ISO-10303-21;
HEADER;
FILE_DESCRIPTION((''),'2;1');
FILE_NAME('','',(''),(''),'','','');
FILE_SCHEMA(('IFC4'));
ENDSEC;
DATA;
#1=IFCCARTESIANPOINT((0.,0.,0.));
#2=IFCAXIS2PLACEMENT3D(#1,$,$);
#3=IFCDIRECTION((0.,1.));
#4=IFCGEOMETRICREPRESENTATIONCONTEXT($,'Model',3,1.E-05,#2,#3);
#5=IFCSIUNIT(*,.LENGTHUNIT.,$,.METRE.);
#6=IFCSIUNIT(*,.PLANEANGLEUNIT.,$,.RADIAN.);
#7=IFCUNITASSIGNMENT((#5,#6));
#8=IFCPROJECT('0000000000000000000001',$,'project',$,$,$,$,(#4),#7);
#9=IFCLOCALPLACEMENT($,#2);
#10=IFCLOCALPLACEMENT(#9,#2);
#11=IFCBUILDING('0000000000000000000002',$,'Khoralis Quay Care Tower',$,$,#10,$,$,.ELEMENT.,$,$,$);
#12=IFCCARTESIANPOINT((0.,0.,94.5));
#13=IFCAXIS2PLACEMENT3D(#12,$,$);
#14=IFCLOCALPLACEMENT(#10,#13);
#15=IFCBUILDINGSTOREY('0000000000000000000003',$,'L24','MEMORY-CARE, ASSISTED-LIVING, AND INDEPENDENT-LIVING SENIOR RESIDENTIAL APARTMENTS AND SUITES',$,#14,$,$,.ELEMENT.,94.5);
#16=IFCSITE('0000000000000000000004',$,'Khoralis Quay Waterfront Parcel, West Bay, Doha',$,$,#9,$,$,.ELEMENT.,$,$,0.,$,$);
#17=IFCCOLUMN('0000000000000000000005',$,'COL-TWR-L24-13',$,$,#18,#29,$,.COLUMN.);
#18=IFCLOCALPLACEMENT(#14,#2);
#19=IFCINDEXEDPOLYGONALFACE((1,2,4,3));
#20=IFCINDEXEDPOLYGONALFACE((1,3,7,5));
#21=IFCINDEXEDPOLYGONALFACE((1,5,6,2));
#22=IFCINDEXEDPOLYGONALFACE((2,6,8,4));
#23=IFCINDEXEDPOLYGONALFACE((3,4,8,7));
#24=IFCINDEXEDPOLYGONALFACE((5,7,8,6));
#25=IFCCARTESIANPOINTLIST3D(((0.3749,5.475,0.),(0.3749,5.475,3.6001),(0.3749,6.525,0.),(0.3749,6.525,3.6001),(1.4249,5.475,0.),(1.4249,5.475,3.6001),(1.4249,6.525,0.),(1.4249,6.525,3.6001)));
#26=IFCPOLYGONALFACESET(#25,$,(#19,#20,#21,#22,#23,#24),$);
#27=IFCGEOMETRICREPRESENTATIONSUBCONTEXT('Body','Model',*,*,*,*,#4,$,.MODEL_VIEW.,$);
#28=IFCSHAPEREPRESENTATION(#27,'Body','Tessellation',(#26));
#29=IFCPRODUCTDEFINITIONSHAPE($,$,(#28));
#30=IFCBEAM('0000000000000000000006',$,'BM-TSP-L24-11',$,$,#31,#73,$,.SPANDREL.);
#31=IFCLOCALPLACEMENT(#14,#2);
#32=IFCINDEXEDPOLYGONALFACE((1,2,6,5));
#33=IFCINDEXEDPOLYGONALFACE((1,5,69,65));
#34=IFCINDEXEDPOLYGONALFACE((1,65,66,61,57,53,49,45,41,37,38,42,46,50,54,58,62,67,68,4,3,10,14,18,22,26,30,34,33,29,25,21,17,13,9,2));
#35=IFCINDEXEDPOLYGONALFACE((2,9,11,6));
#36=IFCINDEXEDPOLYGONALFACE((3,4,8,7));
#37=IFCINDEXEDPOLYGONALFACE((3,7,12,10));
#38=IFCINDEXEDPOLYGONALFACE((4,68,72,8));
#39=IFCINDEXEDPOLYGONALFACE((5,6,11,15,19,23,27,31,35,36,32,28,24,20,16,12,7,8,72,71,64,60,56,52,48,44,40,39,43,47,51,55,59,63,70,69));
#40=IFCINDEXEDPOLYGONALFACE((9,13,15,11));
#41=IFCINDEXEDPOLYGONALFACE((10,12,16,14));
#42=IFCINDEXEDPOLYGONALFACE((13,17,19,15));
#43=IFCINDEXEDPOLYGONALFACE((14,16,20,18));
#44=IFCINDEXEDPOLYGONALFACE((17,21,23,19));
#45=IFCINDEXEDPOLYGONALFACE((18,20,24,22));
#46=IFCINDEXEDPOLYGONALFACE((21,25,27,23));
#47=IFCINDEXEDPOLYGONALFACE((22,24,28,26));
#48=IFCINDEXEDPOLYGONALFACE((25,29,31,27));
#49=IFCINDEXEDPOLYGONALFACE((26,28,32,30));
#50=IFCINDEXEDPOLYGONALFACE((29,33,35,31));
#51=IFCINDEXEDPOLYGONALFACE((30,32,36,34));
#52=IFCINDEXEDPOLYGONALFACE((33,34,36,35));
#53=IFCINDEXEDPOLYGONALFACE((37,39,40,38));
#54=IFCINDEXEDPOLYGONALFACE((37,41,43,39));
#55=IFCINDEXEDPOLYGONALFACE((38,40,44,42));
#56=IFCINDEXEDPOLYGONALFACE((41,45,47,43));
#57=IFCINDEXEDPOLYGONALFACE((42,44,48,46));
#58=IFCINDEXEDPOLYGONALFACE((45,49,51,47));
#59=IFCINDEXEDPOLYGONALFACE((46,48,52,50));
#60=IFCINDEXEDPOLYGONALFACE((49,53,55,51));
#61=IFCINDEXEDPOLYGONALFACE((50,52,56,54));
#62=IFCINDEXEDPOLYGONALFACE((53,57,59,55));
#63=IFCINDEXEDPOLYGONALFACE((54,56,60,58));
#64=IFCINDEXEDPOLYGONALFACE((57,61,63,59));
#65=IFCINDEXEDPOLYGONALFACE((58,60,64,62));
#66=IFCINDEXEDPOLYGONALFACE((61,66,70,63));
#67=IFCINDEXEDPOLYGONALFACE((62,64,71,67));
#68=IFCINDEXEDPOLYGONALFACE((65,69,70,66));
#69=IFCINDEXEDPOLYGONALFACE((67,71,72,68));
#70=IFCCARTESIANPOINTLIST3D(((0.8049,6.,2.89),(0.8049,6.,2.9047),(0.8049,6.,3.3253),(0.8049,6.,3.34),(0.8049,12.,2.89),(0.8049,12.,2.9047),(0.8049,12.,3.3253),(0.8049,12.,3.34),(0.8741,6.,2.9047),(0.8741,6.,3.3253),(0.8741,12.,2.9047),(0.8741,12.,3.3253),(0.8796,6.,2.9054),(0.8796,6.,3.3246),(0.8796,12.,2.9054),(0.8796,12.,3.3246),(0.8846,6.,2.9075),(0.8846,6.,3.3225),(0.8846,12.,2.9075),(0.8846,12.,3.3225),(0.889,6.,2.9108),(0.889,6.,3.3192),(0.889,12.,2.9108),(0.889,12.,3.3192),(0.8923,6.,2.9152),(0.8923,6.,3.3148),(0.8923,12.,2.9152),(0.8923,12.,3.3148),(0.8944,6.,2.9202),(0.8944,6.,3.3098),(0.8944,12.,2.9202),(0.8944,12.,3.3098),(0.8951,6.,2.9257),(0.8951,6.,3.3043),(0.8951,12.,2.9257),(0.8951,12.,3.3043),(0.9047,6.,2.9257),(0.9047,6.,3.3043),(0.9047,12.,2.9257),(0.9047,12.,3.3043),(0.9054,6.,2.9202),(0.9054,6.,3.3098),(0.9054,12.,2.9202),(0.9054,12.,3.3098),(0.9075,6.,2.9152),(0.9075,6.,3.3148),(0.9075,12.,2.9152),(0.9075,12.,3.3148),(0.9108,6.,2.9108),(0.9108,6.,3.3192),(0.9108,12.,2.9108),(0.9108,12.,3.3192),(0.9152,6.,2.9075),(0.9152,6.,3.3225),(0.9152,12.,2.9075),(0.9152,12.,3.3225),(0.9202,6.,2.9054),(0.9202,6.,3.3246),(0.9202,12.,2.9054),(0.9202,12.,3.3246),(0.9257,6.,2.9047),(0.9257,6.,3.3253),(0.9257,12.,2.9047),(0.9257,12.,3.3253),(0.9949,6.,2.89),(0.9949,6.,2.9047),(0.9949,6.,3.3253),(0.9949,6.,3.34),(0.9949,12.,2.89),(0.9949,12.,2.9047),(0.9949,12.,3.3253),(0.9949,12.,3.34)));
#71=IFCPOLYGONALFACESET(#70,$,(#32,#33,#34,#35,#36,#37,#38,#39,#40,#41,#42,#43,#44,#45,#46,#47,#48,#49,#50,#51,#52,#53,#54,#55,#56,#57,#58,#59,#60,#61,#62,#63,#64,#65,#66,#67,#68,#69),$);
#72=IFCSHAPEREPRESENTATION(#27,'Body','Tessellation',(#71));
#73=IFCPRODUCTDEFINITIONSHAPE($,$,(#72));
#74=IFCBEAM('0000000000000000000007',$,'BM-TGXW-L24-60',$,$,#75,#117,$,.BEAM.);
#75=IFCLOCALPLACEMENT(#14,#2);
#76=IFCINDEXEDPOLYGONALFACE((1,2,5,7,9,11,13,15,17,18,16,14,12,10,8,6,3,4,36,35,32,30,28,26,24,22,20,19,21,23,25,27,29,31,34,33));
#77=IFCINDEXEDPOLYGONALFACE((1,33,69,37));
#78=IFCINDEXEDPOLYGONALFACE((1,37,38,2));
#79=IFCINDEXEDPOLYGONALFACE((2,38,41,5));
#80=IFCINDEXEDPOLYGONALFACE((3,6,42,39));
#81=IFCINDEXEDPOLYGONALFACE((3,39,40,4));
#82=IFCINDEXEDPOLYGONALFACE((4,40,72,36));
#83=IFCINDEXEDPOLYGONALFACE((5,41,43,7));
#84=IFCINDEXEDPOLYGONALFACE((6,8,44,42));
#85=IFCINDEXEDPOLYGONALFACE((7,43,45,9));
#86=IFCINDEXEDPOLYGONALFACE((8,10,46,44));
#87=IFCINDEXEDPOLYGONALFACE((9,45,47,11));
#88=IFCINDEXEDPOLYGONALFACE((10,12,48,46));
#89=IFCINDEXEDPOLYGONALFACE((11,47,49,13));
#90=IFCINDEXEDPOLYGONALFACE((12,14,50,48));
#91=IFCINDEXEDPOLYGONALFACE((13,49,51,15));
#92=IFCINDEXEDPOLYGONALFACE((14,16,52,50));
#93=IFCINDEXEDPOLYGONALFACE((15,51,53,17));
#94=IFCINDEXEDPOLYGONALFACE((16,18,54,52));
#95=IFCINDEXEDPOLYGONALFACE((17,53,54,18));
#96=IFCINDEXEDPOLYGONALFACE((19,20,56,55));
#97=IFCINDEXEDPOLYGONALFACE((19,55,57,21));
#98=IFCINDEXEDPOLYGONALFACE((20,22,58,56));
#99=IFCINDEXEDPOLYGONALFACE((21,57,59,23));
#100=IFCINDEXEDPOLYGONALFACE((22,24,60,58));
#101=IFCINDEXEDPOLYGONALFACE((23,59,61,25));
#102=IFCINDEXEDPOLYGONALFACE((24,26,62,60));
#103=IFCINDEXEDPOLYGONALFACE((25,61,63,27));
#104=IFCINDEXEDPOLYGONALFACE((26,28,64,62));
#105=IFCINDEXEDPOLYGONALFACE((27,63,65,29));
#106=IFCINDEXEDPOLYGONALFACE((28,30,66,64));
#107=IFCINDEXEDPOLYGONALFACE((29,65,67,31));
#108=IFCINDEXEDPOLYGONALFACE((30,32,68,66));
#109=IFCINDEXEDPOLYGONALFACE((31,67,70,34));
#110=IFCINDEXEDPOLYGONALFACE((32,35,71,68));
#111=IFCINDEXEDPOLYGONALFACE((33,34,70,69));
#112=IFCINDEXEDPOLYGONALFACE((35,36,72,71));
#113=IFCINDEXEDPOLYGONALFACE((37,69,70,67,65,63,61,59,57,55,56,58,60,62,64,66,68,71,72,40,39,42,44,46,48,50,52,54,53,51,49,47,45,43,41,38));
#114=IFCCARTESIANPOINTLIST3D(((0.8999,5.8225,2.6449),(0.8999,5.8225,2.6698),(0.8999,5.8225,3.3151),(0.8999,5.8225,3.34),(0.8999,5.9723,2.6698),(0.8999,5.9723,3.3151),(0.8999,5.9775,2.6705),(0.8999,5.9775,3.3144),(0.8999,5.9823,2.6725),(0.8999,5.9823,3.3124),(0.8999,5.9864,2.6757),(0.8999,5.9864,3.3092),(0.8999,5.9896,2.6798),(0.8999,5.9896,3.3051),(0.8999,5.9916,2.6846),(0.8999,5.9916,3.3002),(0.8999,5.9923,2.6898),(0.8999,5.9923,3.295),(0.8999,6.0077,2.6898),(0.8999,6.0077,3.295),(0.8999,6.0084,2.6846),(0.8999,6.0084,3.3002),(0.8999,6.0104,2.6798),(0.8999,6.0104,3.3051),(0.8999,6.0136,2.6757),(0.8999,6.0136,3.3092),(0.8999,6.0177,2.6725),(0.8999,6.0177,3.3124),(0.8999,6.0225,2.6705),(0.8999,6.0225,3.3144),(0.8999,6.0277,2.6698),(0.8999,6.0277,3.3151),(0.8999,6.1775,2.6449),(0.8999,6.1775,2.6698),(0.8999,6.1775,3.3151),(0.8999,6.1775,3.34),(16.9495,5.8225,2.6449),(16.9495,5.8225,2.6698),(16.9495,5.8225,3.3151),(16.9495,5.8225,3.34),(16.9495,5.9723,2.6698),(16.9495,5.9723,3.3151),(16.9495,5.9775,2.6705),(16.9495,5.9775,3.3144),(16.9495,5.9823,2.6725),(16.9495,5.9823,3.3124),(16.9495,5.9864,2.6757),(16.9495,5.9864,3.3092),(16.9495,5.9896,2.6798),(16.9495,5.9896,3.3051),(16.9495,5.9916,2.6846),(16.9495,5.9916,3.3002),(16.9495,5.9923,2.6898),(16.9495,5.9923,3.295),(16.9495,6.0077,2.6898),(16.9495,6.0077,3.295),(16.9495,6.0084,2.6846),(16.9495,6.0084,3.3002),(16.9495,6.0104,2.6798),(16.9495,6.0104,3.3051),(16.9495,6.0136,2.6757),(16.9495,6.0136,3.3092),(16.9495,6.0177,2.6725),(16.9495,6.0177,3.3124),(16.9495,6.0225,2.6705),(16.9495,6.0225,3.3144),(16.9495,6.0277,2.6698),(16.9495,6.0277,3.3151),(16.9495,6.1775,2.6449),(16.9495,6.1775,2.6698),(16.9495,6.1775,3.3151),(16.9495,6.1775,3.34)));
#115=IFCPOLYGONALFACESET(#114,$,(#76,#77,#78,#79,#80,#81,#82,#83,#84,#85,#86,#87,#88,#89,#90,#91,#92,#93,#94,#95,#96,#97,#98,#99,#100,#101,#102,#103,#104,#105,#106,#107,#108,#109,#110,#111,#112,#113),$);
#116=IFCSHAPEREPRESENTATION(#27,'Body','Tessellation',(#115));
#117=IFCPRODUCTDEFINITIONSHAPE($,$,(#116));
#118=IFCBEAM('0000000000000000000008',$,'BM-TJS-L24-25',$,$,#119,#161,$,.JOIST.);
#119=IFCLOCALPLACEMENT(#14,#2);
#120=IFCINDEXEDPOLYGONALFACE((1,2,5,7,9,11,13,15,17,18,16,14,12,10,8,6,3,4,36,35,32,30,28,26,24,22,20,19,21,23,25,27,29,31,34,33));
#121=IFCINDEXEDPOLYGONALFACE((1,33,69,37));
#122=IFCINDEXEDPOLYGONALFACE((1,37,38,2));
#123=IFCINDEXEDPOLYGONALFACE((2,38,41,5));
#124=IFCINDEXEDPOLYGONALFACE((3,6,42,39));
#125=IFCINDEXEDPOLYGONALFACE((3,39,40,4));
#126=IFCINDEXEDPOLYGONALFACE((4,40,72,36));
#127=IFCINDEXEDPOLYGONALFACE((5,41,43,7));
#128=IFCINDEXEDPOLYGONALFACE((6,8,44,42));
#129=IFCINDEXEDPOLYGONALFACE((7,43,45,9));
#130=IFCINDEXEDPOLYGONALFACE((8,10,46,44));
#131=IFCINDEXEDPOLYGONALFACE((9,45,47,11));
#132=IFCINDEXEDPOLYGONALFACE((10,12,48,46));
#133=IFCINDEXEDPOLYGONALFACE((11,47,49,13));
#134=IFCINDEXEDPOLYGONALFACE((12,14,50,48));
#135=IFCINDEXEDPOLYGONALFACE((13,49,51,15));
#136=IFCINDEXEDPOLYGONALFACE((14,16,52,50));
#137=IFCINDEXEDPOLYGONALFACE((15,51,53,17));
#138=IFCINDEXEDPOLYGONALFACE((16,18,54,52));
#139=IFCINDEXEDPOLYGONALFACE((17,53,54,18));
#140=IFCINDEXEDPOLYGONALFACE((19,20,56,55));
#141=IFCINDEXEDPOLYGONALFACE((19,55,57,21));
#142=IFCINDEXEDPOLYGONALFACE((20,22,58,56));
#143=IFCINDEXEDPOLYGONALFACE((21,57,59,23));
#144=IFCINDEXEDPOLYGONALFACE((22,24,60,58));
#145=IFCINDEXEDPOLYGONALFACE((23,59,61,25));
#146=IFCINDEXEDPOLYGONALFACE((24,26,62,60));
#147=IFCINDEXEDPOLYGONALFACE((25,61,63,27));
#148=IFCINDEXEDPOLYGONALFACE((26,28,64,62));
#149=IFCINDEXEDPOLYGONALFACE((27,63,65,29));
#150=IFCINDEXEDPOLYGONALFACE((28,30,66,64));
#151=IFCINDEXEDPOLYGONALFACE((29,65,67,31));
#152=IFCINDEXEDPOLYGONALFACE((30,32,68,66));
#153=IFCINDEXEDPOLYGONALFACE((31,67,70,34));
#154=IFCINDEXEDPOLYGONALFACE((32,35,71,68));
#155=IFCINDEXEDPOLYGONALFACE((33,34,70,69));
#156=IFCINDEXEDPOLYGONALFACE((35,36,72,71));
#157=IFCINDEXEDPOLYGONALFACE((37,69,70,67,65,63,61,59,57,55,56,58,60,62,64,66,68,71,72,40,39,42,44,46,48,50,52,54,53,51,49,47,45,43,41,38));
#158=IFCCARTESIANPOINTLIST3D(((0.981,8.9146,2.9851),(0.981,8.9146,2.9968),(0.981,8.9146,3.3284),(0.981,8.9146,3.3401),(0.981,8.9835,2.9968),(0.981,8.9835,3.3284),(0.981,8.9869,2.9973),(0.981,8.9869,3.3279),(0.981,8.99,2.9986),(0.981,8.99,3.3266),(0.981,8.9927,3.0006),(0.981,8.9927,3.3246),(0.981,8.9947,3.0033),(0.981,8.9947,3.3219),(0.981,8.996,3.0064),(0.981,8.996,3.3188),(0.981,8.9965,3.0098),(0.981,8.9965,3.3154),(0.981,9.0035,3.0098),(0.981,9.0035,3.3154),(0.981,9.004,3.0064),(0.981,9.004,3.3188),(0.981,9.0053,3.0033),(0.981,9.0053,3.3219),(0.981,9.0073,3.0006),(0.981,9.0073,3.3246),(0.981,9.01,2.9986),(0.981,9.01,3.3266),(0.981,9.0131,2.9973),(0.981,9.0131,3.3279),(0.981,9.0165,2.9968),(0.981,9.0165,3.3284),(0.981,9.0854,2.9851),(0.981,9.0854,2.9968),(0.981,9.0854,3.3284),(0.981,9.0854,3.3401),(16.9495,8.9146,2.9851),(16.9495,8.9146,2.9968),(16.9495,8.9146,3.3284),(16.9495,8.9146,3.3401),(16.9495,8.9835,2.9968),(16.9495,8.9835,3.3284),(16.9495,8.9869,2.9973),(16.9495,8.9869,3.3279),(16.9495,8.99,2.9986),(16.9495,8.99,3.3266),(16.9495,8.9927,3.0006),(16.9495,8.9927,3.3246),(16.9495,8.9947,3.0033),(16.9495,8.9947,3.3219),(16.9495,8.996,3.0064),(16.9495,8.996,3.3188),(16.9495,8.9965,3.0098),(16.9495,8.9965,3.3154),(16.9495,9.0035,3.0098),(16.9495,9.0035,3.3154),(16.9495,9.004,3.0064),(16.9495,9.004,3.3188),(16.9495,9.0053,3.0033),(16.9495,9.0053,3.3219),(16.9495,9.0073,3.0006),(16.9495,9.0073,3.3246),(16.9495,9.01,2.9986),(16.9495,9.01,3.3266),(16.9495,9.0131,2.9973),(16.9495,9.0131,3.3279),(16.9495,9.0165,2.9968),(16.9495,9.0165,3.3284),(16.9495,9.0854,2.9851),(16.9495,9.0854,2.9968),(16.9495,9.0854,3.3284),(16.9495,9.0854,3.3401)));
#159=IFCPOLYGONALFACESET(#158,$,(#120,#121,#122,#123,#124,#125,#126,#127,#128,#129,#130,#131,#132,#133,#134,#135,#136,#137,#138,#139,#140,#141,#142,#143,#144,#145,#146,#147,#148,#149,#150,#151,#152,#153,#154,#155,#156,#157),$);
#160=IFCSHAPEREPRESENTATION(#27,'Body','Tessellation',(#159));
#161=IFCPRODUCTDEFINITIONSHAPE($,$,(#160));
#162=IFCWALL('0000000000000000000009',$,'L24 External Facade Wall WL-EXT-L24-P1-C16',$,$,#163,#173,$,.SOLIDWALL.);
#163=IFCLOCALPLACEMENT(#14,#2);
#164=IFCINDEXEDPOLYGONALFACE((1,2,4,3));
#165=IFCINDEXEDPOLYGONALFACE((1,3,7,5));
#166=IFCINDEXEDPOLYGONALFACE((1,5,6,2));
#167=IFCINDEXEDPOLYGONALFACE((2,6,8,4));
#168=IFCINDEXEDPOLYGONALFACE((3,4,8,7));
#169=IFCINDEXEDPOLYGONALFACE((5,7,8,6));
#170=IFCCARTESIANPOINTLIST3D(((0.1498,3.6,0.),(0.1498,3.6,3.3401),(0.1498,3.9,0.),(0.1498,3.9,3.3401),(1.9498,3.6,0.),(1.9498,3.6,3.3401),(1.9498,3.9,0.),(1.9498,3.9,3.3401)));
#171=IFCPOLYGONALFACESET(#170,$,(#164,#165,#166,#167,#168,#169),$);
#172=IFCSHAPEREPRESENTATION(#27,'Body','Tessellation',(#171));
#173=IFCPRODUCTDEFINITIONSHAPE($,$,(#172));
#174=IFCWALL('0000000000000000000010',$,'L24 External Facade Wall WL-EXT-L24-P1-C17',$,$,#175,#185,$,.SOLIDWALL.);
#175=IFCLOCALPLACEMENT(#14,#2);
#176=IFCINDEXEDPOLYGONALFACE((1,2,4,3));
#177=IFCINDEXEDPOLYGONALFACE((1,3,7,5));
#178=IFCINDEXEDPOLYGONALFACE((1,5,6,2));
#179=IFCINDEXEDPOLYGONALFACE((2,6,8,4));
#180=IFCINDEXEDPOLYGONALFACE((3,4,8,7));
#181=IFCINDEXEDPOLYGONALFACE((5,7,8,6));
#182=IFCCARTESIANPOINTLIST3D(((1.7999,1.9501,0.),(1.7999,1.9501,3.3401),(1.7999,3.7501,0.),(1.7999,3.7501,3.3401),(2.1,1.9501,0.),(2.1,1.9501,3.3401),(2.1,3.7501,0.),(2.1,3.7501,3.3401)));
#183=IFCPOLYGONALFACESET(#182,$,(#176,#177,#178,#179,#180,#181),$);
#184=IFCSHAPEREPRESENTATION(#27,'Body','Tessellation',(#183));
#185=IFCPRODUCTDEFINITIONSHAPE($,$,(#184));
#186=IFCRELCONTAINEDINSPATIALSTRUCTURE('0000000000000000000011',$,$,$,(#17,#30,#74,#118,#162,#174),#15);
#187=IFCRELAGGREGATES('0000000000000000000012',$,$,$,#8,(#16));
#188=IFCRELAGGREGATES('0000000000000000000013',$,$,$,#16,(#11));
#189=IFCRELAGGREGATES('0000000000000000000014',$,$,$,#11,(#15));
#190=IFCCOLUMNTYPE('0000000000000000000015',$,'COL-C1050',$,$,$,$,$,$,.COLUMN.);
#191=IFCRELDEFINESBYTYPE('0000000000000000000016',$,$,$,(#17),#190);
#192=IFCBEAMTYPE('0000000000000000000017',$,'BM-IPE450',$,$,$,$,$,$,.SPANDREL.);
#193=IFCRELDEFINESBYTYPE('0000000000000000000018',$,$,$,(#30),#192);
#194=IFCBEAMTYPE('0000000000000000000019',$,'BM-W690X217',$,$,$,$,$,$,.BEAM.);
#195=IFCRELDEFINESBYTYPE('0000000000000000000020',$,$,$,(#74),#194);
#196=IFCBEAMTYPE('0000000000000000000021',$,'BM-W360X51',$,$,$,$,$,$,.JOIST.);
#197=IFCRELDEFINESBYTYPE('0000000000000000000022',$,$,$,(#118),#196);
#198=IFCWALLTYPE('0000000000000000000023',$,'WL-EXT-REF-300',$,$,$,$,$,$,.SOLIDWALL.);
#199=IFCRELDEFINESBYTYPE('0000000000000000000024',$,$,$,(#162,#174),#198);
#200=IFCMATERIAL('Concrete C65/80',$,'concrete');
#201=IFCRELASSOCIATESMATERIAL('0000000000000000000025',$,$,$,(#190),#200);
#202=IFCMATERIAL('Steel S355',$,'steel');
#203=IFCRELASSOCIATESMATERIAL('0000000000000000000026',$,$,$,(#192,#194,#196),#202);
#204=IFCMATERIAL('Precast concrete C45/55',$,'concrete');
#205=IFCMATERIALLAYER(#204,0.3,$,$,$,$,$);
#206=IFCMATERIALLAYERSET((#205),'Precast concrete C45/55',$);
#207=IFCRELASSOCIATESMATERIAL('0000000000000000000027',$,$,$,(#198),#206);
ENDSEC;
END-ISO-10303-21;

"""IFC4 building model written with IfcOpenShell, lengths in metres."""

from ifc_helpers import new_model, si_unit, direction, frame, frame_2d, origin, origin_2d, place, context, subcontext, project, spatial, rectangle, i_section, extrude, source, transform, mapped, material, layer, layer_set, material_profile, profile_set, type_object, element, save


model = new_model("IFC4")

# Units and contexts
model_context = context("Model", 3, precision=1e-05, world=origin(), true_north=direction((0.0, 1.0)))
body_context = subcontext(model_context, "Body", "Model", "MODEL_VIEW")
ifc_project = project(units=[si_unit("LENGTHUNIT", "METRE"), si_unit("PLANEANGLEUNIT", "RADIAN")], contexts=[model_context])

# Site, building, storey
site_placement = place(None, origin())
site = spatial("IfcSite", under=ifc_project, at=site_placement, Name="Khoralis Quay Waterfront Parcel, West Bay, Doha", CompositionType="ELEMENT", RefElevation=0.0)
building_placement = place(site_placement, origin())
building = spatial("IfcBuilding", under=site, at=building_placement, Name="Khoralis Quay Care Tower", CompositionType="ELEMENT")
storey_placement = place(building_placement, frame((0.0, 0.0, 94.5)))
storey = spatial("IfcBuildingStorey", under=building, at=storey_placement, Name="L24", Description="MEMORY-CARE, ASSISTED-LIVING, AND INDEPENDENT-LIVING SENIOR RESIDENTIAL APARTMENTS AND SUITES", CompositionType="ELEMENT", Elevation=94.5)

# Column
ifc_material_1 = material(Name="Concrete C65/80", Category="concrete")
ifc_material_profile_1 = material_profile(ifc_material_1, rectangle(XDim=1.05, YDim=1.05, at=origin_2d()), Name="Concrete C65/80")
ifc_profile_set_1 = profile_set([ifc_material_profile_1], Name="Concrete C65/80")
column_type = type_object("IfcColumnType", Name="COL-C1050", PredefinedType="COLUMN", material=ifc_profile_set_1)
shared_shape_1 = source(origin(), body_context, "Body", "SweptSolid", [
    extrude(rectangle(XDim=1.05, YDim=1.05, at=origin_2d()), origin(), (0.0, 0.0, 1.0), 3.6001),
])
column_placement = place(storey_placement, frame((0.8999, 6.0, 0.0), z_axis=(0.0, 0.0, 1.0), x_axis=(1.0, 0.0, 0.0)))
element("IfcColumn", 1, at=column_placement, inside=storey, type_object=column_type, Name="COL-TWR-L24-13", PredefinedType="COLUMN", context=body_context, shape_type="MappedRepresentation", body=[
    mapped(shared_shape_1, transform((0.0, 0.0, 0.0), scale=1.0)),
])

# Beams
ifc_material_2 = material(Name="Steel S355", Category="steel")
ifc_material_profile_2 = material_profile(ifc_material_2, i_section(OverallWidth=0.1899, OverallDepth=0.45, WebThickness=0.0095, FlangeThickness=0.0146, FilletRadius=0.021, at=origin_2d()), Name="Steel S355")
ifc_profile_set_2 = profile_set([ifc_material_profile_2], Name="Steel S355")
beam_type_1 = type_object("IfcBeamType", Name="BM-IPE450", PredefinedType="SPANDREL", material=ifc_profile_set_2)
shared_shape_2 = source(origin(), body_context, "Body", "SweptSolid", [
    extrude(i_section(OverallWidth=0.1899, OverallDepth=0.45, WebThickness=0.0095, FlangeThickness=0.0146, FilletRadius=0.021, at=origin_2d()), origin(), (0.0, 0.0, 1.0), 6.0),
])
beam_1_placement = place(storey_placement, frame((0.8999, 6.0, 3.115), z_axis=(0.0, 1.0, 0.0), x_axis=(-1.0, 0.0, 0.0)))
element("IfcBeam", 2, at=beam_1_placement, inside=storey, type_object=beam_type_1, Name="BM-TSP-L24-11", PredefinedType="SPANDREL", context=body_context, shape_type="MappedRepresentation", body=[
    mapped(shared_shape_2, transform((0.0, 0.0, 0.0), scale=1.0)),
])
ifc_material_profile_3 = material_profile(ifc_material_2, i_section(OverallWidth=0.355, OverallDepth=0.6951, WebThickness=0.0154, FlangeThickness=0.0249, FilletRadius=0.02, at=origin_2d()), Name="Steel S355")
ifc_profile_set_3 = profile_set([ifc_material_profile_3], Name="Steel S355")
beam_type_2 = type_object("IfcBeamType", Name="BM-W690X217", PredefinedType="BEAM", material=ifc_profile_set_3)
shared_shape_3 = source(origin(), body_context, "Body", "SweptSolid", [
    extrude(i_section(OverallWidth=0.355, OverallDepth=0.6951, WebThickness=0.0154, FlangeThickness=0.0249, FilletRadius=0.02, at=origin_2d()), origin(), (0.0, 0.0, 1.0), 16.0496),
])
beam_2_placement = place(storey_placement, frame((0.8999, 6.0, 2.9924), z_axis=(1.0, 0.0, 0.0), x_axis=(0.0, 1.0, 0.0)))
element("IfcBeam", 3, at=beam_2_placement, inside=storey, type_object=beam_type_2, Name="BM-TGXW-L24-60", PredefinedType="BEAM", context=body_context, shape_type="MappedRepresentation", body=[
    mapped(shared_shape_3, transform((0.0, 0.0, 0.0), scale=1.0)),
])
ifc_material_profile_4 = material_profile(ifc_material_2, i_section(OverallWidth=0.1709, OverallDepth=0.355, WebThickness=0.0071, FlangeThickness=0.0117, FilletRadius=0.0129, at=origin_2d()), Name="Steel S355")
ifc_profile_set_4 = profile_set([ifc_material_profile_4], Name="Steel S355")
beam_type_3 = type_object("IfcBeamType", Name="BM-W360X51", PredefinedType="JOIST", material=ifc_profile_set_4)
shared_shape_4 = source(origin(), body_context, "Body", "SweptSolid", [
    extrude(i_section(OverallWidth=0.1709, OverallDepth=0.355, WebThickness=0.0071, FlangeThickness=0.0117, FilletRadius=0.0129, at=origin_2d()), origin(), (0.0, 0.0, 1.0), 15.9685),
])
beam_3_placement = place(storey_placement, frame((0.981, 9.0, 3.1626), z_axis=(1.0, 0.0, 0.0), x_axis=(0.0, 1.0, 0.0)))
element("IfcBeam", 4, at=beam_3_placement, inside=storey, type_object=beam_type_3, Name="BM-TJS-L24-25", PredefinedType="JOIST", context=body_context, shape_type="MappedRepresentation", body=[
    mapped(shared_shape_4, transform((0.0, 0.0, 0.0), scale=1.0)),
])

# Walls
ifc_material_3 = material(Name="Precast concrete C45/55", Category="concrete")
ifc_layer_1 = layer(ifc_material_3, 0.3)
ifc_layer_set_1 = layer_set([ifc_layer_1], Name="Precast concrete C45/55")
wall_type_1 = type_object("IfcWallType", Name="WL-EXT-REF-300", PredefinedType="SOLIDWALL", material=ifc_layer_set_1)
for number, where, z_axis, x_axis, name in (
    (5, (0.1499, 3.75, 0.0), (0.0, 0.0, 1.0), (1.0, 0.0, 0.0), "L24 External Facade Wall WL-EXT-L24-P1-C16"),
    (6, (1.95, 3.75, 0.0), (0.0, 0.0, 1.0), (0.0, -1.0, 0.0), "L24 External Facade Wall WL-EXT-L24-P1-C17"),
):
    element("IfcWall", number, at=place(storey_placement, frame(where, z_axis=z_axis, x_axis=x_axis)), inside=storey, type_object=wall_type_1, Name=name, PredefinedType="SOLIDWALL", context=body_context, shape_type="SweptSolid", body=[
        extrude(rectangle(XDim=1.8, YDim=0.3, at=frame_2d((0.8999, 0.0))), origin(), (0.0, 0.0, 1.0), 3.3401),
    ])

save(model, "model.ifc")
